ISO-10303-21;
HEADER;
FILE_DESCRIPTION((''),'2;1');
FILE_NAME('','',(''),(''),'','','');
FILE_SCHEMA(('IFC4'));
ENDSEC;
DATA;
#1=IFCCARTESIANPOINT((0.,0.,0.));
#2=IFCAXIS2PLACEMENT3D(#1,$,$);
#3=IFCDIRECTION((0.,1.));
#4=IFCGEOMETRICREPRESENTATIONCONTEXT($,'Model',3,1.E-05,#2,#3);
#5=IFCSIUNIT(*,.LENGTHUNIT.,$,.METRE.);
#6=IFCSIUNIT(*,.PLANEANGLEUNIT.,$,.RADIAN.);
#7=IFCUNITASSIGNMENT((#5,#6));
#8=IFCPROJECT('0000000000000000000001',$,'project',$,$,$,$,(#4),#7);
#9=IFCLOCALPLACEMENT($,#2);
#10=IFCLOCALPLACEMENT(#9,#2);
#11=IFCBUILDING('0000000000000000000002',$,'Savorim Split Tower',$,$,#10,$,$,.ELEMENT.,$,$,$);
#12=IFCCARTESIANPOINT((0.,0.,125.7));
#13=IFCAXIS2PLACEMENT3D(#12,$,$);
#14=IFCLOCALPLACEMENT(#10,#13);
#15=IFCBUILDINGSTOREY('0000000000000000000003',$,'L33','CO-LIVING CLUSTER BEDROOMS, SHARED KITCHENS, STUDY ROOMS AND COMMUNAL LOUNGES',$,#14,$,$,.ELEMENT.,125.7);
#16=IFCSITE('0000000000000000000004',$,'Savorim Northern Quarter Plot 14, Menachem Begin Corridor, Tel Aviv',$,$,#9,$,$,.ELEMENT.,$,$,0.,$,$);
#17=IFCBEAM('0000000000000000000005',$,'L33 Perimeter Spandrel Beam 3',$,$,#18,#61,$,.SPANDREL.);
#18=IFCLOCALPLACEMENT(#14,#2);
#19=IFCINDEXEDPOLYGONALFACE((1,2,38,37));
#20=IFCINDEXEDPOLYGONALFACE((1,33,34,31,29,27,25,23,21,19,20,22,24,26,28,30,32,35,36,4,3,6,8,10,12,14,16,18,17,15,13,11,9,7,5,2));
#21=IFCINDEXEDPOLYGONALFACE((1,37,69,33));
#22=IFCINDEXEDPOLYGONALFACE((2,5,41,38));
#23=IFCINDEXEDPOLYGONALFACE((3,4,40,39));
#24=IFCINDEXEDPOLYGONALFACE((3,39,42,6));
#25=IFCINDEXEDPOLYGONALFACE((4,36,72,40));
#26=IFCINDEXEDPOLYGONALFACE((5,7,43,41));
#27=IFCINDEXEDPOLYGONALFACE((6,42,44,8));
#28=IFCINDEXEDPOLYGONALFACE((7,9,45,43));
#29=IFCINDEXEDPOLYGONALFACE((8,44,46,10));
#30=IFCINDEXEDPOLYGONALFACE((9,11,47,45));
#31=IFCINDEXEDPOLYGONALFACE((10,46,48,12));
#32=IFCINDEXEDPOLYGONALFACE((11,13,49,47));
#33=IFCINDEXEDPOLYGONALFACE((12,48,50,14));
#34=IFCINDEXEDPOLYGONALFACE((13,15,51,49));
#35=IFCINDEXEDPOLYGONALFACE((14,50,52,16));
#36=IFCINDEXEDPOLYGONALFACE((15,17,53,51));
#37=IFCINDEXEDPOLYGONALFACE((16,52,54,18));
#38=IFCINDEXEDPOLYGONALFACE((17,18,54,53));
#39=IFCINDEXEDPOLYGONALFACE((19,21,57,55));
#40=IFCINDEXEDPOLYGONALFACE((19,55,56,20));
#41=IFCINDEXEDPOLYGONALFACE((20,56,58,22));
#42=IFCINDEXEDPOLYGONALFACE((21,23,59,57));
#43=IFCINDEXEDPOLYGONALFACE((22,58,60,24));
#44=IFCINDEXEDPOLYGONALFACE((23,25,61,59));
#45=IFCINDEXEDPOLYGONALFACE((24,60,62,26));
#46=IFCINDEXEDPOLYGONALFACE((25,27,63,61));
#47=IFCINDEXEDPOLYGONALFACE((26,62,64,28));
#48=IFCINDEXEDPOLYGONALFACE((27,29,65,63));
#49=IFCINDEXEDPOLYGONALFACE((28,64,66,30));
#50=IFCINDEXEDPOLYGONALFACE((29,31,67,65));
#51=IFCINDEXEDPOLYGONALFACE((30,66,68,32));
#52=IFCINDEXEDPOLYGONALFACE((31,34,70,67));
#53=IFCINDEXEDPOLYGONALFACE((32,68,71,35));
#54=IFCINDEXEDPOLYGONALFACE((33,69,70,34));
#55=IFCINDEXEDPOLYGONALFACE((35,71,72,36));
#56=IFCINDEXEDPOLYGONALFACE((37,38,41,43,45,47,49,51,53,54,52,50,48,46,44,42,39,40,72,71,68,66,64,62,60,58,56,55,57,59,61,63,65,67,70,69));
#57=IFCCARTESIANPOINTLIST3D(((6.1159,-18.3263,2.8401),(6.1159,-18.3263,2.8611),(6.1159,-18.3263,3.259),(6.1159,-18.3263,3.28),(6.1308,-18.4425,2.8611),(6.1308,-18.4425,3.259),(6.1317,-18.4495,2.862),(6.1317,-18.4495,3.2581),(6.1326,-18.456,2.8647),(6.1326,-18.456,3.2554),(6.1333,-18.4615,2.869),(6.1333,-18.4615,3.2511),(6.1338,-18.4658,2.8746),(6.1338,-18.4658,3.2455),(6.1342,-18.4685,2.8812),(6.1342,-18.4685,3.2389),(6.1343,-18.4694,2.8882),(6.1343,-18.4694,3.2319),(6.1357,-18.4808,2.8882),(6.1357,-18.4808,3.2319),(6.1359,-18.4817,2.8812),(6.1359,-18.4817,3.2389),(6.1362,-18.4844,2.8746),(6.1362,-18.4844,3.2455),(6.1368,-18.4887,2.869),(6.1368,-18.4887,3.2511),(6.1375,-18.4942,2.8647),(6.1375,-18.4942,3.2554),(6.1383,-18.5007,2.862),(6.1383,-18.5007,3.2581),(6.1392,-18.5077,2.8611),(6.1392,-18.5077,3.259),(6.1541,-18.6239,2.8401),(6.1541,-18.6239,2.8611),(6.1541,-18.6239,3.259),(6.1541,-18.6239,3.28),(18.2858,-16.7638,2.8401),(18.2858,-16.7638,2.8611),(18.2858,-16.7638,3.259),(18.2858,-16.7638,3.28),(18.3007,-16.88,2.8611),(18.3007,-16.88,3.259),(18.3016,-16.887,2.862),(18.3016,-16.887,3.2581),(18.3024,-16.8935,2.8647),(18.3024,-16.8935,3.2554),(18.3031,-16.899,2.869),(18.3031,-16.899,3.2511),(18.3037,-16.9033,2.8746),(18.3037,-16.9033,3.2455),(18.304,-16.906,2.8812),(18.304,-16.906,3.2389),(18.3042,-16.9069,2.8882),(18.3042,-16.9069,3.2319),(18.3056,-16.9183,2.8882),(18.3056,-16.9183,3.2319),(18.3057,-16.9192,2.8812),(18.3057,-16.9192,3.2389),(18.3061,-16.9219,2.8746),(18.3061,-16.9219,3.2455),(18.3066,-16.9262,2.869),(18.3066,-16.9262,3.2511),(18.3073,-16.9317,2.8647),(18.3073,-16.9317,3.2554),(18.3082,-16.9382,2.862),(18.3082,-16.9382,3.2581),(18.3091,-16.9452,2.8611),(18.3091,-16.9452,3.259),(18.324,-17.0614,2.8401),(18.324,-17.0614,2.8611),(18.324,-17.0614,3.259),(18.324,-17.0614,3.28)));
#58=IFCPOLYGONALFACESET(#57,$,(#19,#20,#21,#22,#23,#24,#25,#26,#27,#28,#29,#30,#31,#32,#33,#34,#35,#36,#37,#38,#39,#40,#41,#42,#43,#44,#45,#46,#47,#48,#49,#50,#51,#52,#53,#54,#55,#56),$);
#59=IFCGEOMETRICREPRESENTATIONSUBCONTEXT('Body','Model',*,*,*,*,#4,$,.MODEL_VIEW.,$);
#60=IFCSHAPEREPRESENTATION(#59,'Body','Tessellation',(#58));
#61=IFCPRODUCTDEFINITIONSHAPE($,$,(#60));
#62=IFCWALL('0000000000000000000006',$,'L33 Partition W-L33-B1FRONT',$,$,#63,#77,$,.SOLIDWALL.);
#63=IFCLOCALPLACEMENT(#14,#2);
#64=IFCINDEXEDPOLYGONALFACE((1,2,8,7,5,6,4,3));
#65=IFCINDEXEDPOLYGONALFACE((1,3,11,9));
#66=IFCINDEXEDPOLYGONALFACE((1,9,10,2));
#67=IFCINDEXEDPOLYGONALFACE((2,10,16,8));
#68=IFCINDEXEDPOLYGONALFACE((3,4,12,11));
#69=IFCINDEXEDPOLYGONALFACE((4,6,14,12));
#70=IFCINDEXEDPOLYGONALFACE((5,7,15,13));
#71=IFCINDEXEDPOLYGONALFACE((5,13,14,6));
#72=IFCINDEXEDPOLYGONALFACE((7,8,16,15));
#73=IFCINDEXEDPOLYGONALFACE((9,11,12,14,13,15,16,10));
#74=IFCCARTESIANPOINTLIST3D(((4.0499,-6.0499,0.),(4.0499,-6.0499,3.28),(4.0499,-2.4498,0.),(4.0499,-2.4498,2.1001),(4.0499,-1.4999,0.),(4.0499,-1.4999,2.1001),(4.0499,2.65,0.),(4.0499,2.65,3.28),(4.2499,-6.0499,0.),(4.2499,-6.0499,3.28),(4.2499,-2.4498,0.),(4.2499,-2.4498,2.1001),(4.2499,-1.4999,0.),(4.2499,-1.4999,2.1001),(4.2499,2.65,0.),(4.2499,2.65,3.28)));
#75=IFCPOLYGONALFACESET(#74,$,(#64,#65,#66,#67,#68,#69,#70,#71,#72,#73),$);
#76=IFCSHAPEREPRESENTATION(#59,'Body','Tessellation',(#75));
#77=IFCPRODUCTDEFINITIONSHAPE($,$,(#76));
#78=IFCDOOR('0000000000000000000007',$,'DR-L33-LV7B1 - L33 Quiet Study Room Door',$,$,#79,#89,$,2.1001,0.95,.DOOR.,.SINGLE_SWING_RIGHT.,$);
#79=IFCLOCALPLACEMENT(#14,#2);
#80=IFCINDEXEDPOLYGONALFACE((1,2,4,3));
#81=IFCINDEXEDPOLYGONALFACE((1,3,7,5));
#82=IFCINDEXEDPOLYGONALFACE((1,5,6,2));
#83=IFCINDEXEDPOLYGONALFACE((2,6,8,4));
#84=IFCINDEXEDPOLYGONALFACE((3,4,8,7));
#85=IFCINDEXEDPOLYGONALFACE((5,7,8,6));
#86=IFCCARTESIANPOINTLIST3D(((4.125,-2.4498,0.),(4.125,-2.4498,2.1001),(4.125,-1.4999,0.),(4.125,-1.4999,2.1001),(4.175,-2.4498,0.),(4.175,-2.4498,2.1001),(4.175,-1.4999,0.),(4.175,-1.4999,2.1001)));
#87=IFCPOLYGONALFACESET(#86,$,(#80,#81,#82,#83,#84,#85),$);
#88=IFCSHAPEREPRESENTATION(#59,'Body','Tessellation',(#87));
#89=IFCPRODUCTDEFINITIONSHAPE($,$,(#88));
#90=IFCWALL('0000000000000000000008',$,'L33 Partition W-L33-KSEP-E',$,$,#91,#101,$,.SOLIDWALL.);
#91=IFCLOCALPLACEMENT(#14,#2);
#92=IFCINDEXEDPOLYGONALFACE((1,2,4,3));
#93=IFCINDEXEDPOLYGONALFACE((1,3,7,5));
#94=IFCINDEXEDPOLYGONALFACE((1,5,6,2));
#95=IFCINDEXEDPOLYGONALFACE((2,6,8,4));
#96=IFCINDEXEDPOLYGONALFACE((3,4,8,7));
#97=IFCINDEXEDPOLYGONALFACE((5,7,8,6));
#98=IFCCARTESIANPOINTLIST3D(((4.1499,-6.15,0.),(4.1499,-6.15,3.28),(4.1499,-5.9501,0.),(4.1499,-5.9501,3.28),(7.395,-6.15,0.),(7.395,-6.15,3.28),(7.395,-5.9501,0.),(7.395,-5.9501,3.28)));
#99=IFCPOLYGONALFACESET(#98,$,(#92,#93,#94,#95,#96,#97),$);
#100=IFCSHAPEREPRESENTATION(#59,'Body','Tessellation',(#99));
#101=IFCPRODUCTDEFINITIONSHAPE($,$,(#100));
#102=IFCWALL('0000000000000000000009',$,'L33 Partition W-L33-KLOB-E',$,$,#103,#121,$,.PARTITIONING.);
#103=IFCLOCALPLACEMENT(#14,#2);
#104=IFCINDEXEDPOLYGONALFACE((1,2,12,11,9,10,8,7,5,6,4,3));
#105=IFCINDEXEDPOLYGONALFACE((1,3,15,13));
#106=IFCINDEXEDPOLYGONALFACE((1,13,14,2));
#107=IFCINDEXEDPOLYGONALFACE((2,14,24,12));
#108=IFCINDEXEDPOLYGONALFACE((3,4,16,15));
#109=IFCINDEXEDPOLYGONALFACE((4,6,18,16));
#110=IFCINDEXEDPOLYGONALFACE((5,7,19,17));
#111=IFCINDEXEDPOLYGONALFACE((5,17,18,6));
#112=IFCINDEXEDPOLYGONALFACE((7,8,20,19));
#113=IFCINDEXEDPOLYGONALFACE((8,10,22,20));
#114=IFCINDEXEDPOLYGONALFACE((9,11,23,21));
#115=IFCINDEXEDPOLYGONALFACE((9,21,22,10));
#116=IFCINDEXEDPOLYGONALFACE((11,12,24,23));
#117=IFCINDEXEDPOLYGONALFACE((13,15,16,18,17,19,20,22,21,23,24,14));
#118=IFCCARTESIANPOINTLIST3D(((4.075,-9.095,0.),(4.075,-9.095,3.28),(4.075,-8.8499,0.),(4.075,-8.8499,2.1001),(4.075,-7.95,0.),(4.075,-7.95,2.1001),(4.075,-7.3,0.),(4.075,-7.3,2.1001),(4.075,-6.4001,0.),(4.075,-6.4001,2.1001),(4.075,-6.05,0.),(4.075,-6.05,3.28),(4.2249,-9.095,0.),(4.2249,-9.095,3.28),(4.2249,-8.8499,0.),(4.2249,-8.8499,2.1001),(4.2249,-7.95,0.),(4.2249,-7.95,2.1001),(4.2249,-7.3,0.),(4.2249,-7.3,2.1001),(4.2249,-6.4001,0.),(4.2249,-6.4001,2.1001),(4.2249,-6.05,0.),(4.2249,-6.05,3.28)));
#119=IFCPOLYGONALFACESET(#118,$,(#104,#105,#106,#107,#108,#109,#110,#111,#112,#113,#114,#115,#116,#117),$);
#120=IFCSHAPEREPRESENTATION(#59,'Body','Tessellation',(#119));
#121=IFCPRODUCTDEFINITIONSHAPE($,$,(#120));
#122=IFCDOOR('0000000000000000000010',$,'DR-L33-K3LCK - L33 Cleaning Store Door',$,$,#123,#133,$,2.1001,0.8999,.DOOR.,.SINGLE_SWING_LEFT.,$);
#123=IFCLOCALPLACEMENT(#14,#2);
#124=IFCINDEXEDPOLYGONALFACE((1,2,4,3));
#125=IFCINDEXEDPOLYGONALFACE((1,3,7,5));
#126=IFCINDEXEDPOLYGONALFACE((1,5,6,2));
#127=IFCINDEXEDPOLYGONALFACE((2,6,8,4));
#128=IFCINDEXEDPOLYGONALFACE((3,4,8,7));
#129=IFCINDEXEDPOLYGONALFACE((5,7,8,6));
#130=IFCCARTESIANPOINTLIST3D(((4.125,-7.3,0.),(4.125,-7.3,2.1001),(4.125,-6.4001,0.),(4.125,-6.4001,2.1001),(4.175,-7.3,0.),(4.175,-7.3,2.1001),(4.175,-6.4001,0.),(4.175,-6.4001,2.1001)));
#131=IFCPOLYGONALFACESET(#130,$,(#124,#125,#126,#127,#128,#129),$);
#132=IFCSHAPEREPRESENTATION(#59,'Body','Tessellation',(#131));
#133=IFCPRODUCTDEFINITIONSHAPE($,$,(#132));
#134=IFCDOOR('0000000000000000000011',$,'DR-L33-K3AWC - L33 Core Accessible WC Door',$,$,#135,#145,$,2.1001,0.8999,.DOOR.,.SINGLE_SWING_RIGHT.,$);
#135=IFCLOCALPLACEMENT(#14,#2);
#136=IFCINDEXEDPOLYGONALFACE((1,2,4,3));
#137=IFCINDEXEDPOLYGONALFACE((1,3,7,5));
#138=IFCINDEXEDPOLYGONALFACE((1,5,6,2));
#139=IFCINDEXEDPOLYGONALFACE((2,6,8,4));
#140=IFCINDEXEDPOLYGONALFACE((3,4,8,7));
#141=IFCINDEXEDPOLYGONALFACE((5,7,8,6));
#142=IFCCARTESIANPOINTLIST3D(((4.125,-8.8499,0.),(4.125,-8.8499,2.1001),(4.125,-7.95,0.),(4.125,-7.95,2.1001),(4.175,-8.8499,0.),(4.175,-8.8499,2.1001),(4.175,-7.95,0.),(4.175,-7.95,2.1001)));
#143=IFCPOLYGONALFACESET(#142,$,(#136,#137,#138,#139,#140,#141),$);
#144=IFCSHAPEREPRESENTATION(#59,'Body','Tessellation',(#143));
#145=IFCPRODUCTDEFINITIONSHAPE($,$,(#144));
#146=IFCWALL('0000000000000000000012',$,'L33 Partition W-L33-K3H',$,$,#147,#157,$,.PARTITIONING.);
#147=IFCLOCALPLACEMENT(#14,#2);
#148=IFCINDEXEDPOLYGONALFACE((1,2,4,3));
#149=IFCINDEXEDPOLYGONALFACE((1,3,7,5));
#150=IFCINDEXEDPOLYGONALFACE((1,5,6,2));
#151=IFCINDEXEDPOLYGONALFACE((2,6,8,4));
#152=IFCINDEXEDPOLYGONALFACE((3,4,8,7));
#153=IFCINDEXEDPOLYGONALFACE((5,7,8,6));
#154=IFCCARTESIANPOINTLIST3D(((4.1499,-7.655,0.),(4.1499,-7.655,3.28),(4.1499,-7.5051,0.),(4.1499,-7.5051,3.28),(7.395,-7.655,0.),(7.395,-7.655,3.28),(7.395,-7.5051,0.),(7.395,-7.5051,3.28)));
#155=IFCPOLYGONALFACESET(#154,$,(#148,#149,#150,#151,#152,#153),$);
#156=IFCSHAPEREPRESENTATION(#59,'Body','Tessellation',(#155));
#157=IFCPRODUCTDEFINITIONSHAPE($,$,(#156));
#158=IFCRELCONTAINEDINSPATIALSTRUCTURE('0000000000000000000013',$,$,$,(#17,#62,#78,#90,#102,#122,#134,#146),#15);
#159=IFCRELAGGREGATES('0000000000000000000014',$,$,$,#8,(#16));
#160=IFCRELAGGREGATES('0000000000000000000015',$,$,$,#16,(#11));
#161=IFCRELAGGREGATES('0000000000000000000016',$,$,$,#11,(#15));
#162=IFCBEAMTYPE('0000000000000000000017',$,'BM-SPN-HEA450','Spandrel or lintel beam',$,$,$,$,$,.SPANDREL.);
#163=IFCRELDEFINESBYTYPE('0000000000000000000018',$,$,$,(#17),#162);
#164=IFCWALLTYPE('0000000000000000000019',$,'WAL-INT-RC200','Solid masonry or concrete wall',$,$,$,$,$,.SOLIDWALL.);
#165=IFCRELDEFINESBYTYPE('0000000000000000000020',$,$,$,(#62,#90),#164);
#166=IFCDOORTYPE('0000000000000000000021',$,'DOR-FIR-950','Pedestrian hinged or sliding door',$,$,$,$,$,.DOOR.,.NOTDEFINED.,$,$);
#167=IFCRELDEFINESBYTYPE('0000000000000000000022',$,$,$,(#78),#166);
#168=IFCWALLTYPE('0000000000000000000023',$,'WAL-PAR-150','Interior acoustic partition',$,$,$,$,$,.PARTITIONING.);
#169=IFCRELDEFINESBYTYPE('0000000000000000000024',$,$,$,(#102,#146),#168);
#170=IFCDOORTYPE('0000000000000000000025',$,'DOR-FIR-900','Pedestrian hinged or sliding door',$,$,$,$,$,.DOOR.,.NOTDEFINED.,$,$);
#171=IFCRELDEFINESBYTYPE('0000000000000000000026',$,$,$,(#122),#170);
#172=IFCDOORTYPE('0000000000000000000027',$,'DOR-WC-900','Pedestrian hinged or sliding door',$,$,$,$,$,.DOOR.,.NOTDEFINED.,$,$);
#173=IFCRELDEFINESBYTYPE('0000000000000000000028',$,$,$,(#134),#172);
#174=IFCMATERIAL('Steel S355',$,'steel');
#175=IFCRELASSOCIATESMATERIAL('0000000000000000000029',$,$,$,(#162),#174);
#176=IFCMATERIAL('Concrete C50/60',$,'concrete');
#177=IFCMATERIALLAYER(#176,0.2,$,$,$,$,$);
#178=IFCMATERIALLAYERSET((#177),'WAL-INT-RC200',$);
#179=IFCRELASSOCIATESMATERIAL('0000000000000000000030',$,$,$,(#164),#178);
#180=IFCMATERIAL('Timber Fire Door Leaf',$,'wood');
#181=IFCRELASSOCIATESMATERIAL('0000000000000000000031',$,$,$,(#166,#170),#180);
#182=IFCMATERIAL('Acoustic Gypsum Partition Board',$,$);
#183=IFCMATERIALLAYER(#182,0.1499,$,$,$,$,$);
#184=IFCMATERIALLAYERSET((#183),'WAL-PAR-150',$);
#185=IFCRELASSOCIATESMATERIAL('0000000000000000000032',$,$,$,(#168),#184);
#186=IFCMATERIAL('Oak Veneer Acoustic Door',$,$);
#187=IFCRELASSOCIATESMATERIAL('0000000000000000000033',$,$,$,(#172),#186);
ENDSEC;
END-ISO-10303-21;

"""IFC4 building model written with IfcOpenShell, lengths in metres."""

from ifc_helpers import new_model, si_unit, direction, frame, frame_2d, origin, origin_2d, place, context, subcontext, project, spatial, rectangle, i_section, extrude, material, layer, layer_set, material_profile, profile_set, type_object, element, fill, save


model = new_model("IFC4")

# Units and contexts
model_context = context("Model", 3, precision=1e-05, world=origin(), true_north=direction((0.0, 1.0)))
body_context = subcontext(model_context, "Body", "Model", "MODEL_VIEW")
ifc_project = project(units=[si_unit("LENGTHUNIT", "METRE"), si_unit("PLANEANGLEUNIT", "RADIAN")], contexts=[model_context])

# Site, building, storey
site_placement = place(None, origin())
site = spatial("IfcSite", under=ifc_project, at=site_placement, Name="Savorim Northern Quarter Plot 14, Menachem Begin Corridor, Tel Aviv", CompositionType="ELEMENT", RefElevation=0.0)
building_placement = place(site_placement, origin())
building = spatial("IfcBuilding", under=site, at=building_placement, Name="Savorim Split Tower", CompositionType="ELEMENT")
storey_placement = place(building_placement, frame((0.0, 0.0, 125.7)))
storey = spatial("IfcBuildingStorey", under=building, at=storey_placement, Name="L33", Description="CO-LIVING CLUSTER BEDROOMS, SHARED KITCHENS, STUDY ROOMS AND COMMUNAL LOUNGES", CompositionType="ELEMENT", Elevation=125.7)

# Beam
ifc_material_1 = material(Name="Steel S355", Category="steel")
ifc_material_profile_1 = material_profile(ifc_material_1, i_section(OverallWidth=0.3, OverallDepth=0.4399, WebThickness=0.0115, FlangeThickness=0.021, FilletRadius=0.0271, at=origin_2d()), Name="HEA 450")
ifc_profile_set_1 = profile_set([ifc_material_profile_1], Name="Steel S355")
beam_type_1 = type_object("IfcBeamType", Name="BM-SPN-HEA450", Description="Spandrel or lintel beam", PredefinedType="SPANDREL", material=ifc_profile_set_1)
beam_1_placement = place(storey_placement, frame((6.135, -18.4751, 3.0601), z_axis=(0.991858, 0.127345, 0.0), x_axis=(-0.127345, 0.991858, 0.0)))
element("IfcBeam", 1, at=beam_1_placement, inside=storey, type_object=beam_type_1, Name="L33 Perimeter Spandrel Beam 3", PredefinedType="SPANDREL", context=body_context, shape_type="SweptSolid", body=[
    extrude(i_section(OverallWidth=0.3, OverallDepth=0.4399, WebThickness=0.0115, FlangeThickness=0.021, FilletRadius=0.0271, at=origin_2d()), origin(), (0.0, 0.0, 1.0), 12.2698),
])

# Wall, opening, door
ifc_material_2 = material(Name="Concrete C50/60", Category="concrete")
ifc_layer_1 = layer(ifc_material_2, 0.2)
ifc_layer_set_1 = layer_set([ifc_layer_1], Name="WAL-INT-RC200")
wall_type_1 = type_object("IfcWallType", Name="WAL-INT-RC200", Description="Solid masonry or concrete wall", PredefinedType="SOLIDWALL", material=ifc_layer_set_1)
wall_1_placement = place(storey_placement, frame((4.1499, -6.05, 0.0), z_axis=(0.0, 0.0, 1.0), x_axis=(0.0, 1.0, 0.0)))
wall_1 = element("IfcWall", 2, at=wall_1_placement, inside=storey, type_object=wall_type_1, Name="L33 Partition W-L33-B1FRONT", PredefinedType="SOLIDWALL", context=body_context, shape_type="SweptSolid", body=[
    extrude(rectangle(XDim=8.7, YDim=0.2, at=frame_2d((4.3501, 0.0))), origin(), (0.0, 0.0, 1.0), 3.28),
])
opening_1_placement = place(wall_1_placement, frame((3.6001, 0.0, 0.0)))
opening_1 = element("IfcOpeningElement", 3, at=opening_1_placement, cuts=wall_1, PredefinedType="OPENING", context=body_context, shape_type="SweptSolid", body=[
    extrude(rectangle(XDim=0.95, YDim=2.1001, at=frame_2d((0.4751, 1.05))), frame((0.0, 0.1099, 0.0), z_axis=(0.0, -1.0, 0.0), x_axis=(1.0, 0.0, 0.0)), (0.0, 0.0, 1.0), 0.22),
])
ifc_material_3 = material(Name="Timber Fire Door Leaf", Category="wood")
door_type_1 = type_object("IfcDoorType", Name="DOR-FIR-950", Description="Pedestrian hinged or sliding door", OperationType="NOTDEFINED", PredefinedType="DOOR", material=ifc_material_3)
door_1_placement = place(opening_1_placement, origin())
door_1 = element("IfcDoor", 4, at=door_1_placement, inside=storey, type_object=door_type_1, Name="DR-L33-LV7B1 - L33 Quiet Study Room Door", OperationType="SINGLE_SWING_RIGHT", OverallHeight=2.1001, OverallWidth=0.95, PredefinedType="DOOR", context=body_context, shape_type="SweptSolid", body=[
    extrude(rectangle(XDim=0.95, YDim=2.1001, at=frame_2d((0.4751, 1.05))), frame((0.0, 0.0249, 0.0), z_axis=(0.0, -1.0, 0.0), x_axis=(1.0, 0.0, 0.0)), (0.0, 0.0, 1.0), 0.05),
])
fill(opening_1, door_1)

# Wall
wall_2_placement = place(storey_placement, frame((4.1499, -6.05, 0.0), z_axis=(0.0, 0.0, 1.0), x_axis=(1.0, 0.0, 0.0)))
element("IfcWall", 5, at=wall_2_placement, inside=storey, type_object=wall_type_1, Name="L33 Partition W-L33-KSEP-E", PredefinedType="SOLIDWALL", context=body_context, shape_type="SweptSolid", body=[
    extrude(rectangle(XDim=3.2451, YDim=0.2, at=frame_2d((1.6226, 0.0))), origin(), (0.0, 0.0, 1.0), 3.28),
])

# Wall, openings, doors
ifc_material_4 = material(Name="Acoustic Gypsum Partition Board")
ifc_layer_2 = layer(ifc_material_4, 0.1499)
ifc_layer_set_2 = layer_set([ifc_layer_2], Name="WAL-PAR-150")
wall_type_2 = type_object("IfcWallType", Name="WAL-PAR-150", Description="Interior acoustic partition", PredefinedType="PARTITIONING", material=ifc_layer_set_2)
wall_3_placement = place(storey_placement, frame((4.1499, -9.095, 0.0), z_axis=(0.0, 0.0, 1.0), x_axis=(0.0, 1.0, 0.0)))
wall_3 = element("IfcWall", 6, at=wall_3_placement, inside=storey, type_object=wall_type_2, Name="L33 Partition W-L33-KLOB-E", PredefinedType="PARTITIONING", context=body_context, shape_type="SweptSolid", body=[
    extrude(rectangle(XDim=3.0449, YDim=0.1499, at=frame_2d((1.5225, 0.0))), origin(), (0.0, 0.0, 1.0), 3.28),
])
opening_2_placement = place(wall_3_placement, frame((0.2451, 0.0, 0.0)))
opening_2 = element("IfcOpeningElement", 7, at=opening_2_placement, cuts=wall_3, PredefinedType="OPENING", context=body_context, shape_type="SweptSolid", body=[
    extrude(rectangle(XDim=0.8999, YDim=2.1001, at=frame_2d((0.45, 1.05))), frame((0.0, 0.085, 0.0), z_axis=(0.0, -1.0, 0.0), x_axis=(1.0, 0.0, 0.0)), (0.0, 0.0, 1.0), 0.1699),
])
opening_3_placement = place(wall_3_placement, frame((1.7949, 0.0, 0.0)))
opening_3 = element("IfcOpeningElement", 8, at=opening_3_placement, cuts=wall_3, PredefinedType="OPENING", context=body_context, shape_type="SweptSolid", body=[
    extrude(rectangle(XDim=0.8999, YDim=2.1001, at=frame_2d((0.45, 1.05))), frame((0.0, 0.085, 0.0), z_axis=(0.0, -1.0, 0.0), x_axis=(1.0, 0.0, 0.0)), (0.0, 0.0, 1.0), 0.1699),
])
door_type_2 = type_object("IfcDoorType", Name="DOR-FIR-900", Description="Pedestrian hinged or sliding door", OperationType="NOTDEFINED", PredefinedType="DOOR", material=ifc_material_3)
door_2_placement = place(opening_3_placement, origin())
door_2 = element("IfcDoor", 9, at=door_2_placement, inside=storey, type_object=door_type_2, Name="DR-L33-K3LCK - L33 Cleaning Store Door", OperationType="SINGLE_SWING_LEFT", OverallHeight=2.1001, OverallWidth=0.8999, PredefinedType="DOOR", context=body_context, shape_type="SweptSolid", body=[
    extrude(rectangle(XDim=0.8999, YDim=2.1001, at=frame_2d((0.45, 1.05))), frame((0.0, 0.0249, 0.0), z_axis=(0.0, -1.0, 0.0), x_axis=(1.0, 0.0, 0.0)), (0.0, 0.0, 1.0), 0.05),
])
fill(opening_3, door_2)
ifc_material_5 = material(Name="Oak Veneer Acoustic Door")
door_type_3 = type_object("IfcDoorType", Name="DOR-WC-900", Description="Pedestrian hinged or sliding door", OperationType="NOTDEFINED", PredefinedType="DOOR", material=ifc_material_5)
door_3_placement = place(opening_2_placement, origin())
door_3 = element("IfcDoor", 10, at=door_3_placement, inside=storey, type_object=door_type_3, Name="DR-L33-K3AWC - L33 Core Accessible WC Door", OperationType="SINGLE_SWING_RIGHT", OverallHeight=2.1001, OverallWidth=0.8999, PredefinedType="DOOR", context=body_context, shape_type="SweptSolid", body=[
    extrude(rectangle(XDim=0.8999, YDim=2.1001, at=frame_2d((0.45, 1.05))), frame((0.0, 0.0249, 0.0), z_axis=(0.0, -1.0, 0.0), x_axis=(1.0, 0.0, 0.0)), (0.0, 0.0, 1.0), 0.05),
])
fill(opening_2, door_3)

# Wall
wall_4_placement = place(storey_placement, frame((4.1499, -7.5801, 0.0), z_axis=(0.0, 0.0, 1.0), x_axis=(1.0, 0.0, 0.0)))
element("IfcWall", 11, at=wall_4_placement, inside=storey, type_object=wall_type_2, Name="L33 Partition W-L33-K3H", PredefinedType="PARTITIONING", context=body_context, shape_type="SweptSolid", body=[
    extrude(rectangle(XDim=3.2451, YDim=0.1499, at=frame_2d((1.6226, 0.0))), origin(), (0.0, 0.0, 1.0), 3.28),
])

save(model, "model.ifc")
